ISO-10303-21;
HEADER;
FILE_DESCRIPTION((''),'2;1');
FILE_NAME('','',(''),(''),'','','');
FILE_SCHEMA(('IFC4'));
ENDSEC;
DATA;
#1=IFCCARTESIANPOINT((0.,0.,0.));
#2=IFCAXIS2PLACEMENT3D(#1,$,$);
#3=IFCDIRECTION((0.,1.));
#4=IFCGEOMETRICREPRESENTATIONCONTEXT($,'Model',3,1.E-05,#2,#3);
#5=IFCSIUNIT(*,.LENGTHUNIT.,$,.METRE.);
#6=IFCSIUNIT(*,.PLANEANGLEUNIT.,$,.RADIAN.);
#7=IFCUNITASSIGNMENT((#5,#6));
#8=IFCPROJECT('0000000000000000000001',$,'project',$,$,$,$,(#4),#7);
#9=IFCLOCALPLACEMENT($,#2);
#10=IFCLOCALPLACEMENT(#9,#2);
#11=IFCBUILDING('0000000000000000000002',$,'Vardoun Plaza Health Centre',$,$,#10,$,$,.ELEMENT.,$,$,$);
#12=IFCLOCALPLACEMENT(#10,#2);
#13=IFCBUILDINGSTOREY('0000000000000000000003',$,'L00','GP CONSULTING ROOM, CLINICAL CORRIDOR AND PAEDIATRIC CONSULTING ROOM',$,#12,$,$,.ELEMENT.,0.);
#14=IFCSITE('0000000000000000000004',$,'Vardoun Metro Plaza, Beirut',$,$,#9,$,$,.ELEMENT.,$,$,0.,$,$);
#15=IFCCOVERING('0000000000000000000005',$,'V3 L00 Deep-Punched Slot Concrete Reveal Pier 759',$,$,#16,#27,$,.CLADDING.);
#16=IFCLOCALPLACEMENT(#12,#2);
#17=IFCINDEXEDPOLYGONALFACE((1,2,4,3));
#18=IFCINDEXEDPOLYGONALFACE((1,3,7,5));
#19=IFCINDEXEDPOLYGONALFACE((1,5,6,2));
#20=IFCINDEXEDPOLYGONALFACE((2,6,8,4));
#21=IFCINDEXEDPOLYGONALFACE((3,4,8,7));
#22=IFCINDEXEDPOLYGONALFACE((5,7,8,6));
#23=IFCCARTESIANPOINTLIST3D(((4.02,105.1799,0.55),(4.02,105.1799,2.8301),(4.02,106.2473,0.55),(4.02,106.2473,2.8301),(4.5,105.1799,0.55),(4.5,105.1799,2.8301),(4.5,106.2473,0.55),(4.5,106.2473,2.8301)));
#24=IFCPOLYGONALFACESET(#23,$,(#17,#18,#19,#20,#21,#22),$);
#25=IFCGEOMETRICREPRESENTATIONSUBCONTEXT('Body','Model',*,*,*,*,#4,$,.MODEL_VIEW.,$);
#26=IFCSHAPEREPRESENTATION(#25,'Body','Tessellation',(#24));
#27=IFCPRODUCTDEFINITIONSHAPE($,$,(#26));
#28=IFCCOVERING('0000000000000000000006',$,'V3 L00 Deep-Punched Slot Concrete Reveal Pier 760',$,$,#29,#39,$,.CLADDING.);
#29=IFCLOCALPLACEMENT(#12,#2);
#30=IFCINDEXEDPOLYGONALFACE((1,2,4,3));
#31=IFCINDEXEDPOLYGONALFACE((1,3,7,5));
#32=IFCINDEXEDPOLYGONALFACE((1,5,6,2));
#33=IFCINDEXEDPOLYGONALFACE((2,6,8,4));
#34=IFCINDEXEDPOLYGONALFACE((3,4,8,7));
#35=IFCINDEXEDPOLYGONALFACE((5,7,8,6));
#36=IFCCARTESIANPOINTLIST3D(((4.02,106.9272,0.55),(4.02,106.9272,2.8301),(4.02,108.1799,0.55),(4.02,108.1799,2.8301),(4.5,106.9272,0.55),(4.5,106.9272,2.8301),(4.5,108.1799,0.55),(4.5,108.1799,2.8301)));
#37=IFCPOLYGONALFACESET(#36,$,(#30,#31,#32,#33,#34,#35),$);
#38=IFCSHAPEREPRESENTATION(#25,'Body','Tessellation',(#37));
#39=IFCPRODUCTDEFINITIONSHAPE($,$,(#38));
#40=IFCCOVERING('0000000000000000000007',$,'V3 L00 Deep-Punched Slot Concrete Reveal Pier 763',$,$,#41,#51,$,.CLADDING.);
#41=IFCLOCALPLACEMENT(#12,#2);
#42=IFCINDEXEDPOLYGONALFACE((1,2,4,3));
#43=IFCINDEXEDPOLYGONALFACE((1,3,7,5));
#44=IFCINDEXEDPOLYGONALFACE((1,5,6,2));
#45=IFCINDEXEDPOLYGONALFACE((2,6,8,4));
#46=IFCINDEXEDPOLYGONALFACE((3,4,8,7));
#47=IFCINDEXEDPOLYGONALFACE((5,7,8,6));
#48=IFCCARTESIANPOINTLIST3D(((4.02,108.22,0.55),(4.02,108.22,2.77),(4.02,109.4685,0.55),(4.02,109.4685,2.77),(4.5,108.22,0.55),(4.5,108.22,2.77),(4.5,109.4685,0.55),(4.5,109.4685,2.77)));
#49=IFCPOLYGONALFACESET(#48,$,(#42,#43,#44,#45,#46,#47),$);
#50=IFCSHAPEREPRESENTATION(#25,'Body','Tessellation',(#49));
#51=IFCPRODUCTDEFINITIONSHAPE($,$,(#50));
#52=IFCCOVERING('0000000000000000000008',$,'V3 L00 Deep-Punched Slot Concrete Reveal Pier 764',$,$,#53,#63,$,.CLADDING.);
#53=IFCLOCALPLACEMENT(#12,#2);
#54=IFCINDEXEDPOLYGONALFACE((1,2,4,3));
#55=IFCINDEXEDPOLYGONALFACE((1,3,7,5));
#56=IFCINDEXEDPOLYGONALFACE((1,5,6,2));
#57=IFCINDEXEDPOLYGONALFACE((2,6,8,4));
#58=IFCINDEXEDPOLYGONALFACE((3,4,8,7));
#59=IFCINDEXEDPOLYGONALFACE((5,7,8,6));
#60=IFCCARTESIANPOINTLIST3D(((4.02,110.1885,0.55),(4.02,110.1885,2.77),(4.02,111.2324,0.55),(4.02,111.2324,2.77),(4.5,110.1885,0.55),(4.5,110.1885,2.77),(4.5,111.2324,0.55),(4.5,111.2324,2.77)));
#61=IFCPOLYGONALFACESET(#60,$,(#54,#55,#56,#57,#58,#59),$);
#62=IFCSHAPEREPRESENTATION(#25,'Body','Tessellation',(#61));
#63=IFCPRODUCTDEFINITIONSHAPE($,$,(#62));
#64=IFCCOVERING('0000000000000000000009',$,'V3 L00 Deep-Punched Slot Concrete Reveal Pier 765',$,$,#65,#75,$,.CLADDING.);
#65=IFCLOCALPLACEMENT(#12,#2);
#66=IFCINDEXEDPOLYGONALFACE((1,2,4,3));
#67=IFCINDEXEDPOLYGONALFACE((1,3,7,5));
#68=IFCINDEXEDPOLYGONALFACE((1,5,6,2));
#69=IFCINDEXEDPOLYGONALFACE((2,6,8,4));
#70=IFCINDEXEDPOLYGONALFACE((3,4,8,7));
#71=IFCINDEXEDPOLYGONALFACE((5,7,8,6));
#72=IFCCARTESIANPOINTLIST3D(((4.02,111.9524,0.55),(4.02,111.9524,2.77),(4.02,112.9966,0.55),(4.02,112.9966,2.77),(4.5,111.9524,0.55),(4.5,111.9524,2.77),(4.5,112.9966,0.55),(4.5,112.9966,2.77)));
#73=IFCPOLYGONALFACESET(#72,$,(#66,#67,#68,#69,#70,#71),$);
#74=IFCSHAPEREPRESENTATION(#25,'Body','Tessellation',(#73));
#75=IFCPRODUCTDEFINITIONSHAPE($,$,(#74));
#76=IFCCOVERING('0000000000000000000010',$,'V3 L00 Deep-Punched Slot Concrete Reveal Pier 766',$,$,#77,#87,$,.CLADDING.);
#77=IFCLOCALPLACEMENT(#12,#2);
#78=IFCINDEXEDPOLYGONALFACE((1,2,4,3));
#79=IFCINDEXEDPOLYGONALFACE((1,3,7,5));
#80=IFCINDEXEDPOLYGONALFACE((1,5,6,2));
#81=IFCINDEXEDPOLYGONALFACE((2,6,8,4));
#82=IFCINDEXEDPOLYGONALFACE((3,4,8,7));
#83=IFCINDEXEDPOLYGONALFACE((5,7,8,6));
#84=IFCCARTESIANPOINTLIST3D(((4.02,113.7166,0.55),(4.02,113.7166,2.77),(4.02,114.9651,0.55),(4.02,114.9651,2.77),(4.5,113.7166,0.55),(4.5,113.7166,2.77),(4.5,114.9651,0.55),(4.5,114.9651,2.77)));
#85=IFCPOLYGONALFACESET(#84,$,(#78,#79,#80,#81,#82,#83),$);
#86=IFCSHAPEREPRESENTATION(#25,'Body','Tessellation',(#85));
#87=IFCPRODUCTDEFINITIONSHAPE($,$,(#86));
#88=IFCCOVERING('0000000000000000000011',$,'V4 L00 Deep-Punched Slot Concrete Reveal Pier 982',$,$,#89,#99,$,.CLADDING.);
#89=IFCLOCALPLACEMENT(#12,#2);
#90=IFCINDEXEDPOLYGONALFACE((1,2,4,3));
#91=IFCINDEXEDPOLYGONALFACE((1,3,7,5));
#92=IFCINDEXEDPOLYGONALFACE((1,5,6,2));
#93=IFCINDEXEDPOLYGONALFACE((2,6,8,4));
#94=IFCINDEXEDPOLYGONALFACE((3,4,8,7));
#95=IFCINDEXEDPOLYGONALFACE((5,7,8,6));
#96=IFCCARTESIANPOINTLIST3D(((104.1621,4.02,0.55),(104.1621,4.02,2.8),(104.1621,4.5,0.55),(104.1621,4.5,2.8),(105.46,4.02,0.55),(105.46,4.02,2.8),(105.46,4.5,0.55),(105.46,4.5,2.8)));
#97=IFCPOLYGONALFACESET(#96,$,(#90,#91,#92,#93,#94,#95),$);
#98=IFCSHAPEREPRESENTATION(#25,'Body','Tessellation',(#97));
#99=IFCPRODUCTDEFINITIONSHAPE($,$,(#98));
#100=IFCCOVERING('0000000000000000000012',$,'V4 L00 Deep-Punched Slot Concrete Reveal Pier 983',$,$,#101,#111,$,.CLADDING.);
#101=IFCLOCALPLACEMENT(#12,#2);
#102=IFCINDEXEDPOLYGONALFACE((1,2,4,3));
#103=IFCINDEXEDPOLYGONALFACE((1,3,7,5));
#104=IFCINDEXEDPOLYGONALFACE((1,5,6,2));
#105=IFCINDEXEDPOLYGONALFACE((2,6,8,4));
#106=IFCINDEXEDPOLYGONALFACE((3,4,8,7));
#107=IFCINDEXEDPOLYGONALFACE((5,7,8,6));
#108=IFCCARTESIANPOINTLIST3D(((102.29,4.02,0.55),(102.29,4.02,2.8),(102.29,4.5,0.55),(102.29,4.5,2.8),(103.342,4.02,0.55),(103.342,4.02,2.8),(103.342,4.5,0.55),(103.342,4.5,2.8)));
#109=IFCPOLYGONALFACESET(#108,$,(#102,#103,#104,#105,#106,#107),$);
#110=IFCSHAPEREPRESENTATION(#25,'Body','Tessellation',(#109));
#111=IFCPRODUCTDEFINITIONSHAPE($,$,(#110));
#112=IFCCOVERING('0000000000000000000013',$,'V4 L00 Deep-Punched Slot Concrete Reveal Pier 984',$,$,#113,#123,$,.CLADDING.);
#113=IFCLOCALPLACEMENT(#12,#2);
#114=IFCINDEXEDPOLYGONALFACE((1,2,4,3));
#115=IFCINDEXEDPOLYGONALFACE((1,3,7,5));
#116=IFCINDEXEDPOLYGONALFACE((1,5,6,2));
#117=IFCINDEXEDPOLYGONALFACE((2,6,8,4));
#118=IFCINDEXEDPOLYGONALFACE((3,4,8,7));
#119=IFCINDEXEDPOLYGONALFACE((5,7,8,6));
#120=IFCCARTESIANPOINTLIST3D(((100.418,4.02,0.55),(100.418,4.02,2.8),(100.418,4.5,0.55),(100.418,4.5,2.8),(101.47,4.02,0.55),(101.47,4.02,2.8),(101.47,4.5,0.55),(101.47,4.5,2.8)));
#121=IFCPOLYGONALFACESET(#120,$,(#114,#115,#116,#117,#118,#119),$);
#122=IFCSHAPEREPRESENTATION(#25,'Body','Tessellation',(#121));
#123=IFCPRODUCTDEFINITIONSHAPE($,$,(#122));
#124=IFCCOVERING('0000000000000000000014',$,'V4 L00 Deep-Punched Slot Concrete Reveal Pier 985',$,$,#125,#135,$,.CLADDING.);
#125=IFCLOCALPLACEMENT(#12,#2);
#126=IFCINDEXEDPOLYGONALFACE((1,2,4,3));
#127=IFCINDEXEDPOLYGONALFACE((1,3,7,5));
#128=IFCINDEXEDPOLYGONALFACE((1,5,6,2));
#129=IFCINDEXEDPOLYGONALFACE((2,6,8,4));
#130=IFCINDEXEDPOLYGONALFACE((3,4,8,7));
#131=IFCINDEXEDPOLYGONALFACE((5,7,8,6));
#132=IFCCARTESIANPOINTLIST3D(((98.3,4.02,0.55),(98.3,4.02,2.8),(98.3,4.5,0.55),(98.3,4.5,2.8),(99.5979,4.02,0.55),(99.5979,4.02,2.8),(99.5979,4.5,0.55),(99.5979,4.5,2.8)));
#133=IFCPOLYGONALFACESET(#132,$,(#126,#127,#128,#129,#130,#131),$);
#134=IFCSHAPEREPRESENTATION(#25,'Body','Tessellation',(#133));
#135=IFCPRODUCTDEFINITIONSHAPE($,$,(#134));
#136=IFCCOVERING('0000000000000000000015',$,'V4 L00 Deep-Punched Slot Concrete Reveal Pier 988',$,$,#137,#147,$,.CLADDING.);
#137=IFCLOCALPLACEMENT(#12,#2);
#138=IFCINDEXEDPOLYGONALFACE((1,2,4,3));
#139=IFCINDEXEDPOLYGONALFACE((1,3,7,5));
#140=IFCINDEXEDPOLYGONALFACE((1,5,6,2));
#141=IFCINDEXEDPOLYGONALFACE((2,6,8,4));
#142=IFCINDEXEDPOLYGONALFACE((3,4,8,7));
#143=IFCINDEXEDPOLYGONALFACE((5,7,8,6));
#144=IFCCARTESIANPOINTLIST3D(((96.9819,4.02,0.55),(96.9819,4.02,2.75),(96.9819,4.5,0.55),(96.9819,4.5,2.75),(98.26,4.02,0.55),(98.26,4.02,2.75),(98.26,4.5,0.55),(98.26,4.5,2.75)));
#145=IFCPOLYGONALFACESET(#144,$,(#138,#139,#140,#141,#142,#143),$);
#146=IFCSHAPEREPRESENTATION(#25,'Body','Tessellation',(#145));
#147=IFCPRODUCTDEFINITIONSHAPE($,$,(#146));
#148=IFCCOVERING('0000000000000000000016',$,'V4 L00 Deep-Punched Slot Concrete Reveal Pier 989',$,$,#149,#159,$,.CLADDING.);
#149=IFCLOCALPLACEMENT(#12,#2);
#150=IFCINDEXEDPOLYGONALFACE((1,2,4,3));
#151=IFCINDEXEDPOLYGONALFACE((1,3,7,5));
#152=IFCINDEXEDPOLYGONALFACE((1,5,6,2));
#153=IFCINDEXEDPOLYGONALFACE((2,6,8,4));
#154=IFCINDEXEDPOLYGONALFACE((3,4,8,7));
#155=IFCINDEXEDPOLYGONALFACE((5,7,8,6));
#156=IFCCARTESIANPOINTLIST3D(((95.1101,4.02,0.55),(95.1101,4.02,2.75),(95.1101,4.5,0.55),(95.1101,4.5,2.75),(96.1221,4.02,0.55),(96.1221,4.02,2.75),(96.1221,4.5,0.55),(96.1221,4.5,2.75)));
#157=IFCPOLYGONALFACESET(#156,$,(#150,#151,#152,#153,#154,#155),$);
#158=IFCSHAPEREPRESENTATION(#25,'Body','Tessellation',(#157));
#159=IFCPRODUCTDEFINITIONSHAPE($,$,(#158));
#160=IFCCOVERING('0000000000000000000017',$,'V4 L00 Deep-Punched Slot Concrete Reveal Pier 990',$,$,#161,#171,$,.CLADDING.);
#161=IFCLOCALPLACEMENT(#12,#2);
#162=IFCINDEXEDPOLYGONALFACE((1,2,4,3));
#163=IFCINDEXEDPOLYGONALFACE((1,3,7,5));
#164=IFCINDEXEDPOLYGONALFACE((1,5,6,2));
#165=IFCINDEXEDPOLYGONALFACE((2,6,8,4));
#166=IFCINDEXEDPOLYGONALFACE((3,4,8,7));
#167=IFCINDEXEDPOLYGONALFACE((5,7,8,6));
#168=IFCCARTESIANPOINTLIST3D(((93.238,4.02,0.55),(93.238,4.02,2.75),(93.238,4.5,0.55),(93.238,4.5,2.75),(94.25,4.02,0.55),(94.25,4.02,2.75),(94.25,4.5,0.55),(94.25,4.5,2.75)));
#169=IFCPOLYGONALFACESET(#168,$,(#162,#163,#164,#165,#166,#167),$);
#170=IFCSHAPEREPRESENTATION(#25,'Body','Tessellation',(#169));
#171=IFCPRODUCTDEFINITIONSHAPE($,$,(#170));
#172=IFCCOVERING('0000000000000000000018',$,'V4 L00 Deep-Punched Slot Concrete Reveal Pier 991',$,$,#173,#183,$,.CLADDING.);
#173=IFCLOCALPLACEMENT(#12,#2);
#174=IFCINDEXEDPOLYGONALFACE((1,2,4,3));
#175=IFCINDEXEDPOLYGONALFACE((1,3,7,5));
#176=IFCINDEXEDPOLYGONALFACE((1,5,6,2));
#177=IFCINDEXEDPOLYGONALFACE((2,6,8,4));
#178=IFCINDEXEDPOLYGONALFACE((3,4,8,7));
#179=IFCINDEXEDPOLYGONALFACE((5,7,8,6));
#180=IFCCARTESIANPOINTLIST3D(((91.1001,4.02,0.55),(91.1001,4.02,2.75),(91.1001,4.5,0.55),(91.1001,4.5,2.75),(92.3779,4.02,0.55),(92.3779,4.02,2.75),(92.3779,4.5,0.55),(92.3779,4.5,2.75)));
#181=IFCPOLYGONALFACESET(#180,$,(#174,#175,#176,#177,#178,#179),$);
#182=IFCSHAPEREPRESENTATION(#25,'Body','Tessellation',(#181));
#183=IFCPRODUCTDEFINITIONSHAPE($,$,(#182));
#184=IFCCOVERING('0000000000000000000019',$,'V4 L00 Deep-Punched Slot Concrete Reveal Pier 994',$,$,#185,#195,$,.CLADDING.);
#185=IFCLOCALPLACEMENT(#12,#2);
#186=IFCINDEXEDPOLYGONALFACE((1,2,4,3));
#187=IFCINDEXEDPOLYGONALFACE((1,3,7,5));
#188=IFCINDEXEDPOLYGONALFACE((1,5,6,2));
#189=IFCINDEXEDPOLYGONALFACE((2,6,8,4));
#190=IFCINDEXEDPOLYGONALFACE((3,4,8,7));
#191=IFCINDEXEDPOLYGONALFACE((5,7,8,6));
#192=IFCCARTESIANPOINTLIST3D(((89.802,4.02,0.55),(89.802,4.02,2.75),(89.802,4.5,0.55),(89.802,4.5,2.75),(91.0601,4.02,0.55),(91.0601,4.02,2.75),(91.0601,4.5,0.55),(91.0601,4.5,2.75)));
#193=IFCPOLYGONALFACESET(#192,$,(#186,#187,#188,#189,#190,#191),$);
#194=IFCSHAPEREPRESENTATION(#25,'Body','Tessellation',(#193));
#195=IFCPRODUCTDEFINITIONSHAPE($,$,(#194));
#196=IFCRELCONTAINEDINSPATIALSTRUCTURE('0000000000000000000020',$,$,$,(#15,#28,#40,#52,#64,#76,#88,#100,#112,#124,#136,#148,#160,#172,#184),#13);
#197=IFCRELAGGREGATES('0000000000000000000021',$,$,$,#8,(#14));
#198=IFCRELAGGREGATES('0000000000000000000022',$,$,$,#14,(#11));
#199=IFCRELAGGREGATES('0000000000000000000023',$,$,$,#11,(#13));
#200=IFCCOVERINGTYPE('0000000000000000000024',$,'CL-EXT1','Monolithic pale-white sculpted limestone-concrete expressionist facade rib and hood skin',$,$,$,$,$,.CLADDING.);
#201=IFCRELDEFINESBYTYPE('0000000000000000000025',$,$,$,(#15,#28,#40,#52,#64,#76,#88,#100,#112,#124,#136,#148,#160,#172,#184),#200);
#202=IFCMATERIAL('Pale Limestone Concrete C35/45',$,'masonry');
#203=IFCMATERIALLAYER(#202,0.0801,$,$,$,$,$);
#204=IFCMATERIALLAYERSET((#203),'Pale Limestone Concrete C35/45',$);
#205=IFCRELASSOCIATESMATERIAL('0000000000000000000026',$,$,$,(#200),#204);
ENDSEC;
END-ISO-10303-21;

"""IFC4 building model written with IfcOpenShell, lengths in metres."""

from ifc_helpers import new_model, si_unit, direction, frame, origin, place, context, subcontext, project, spatial, polyline, outline, extrude, material, layer, layer_set, type_object, element, save


model = new_model("IFC4")

# Units and contexts
model_context = context("Model", 3, precision=1e-05, world=origin(), true_north=direction((0.0, 1.0)))
body_context = subcontext(model_context, "Body", "Model", "MODEL_VIEW")
ifc_project = project(units=[si_unit("LENGTHUNIT", "METRE"), si_unit("PLANEANGLEUNIT", "RADIAN")], contexts=[model_context])

# Site, building, storey
site_placement = place(None, origin())
site = spatial("IfcSite", under=ifc_project, at=site_placement, Name="Vardoun Metro Plaza, Beirut", CompositionType="ELEMENT", RefElevation=0.0)
building_placement = place(site_placement, origin())
building = spatial("IfcBuilding", under=site, at=building_placement, Name="Vardoun Plaza Health Centre", CompositionType="ELEMENT")
storey_placement = place(building_placement, origin())
storey = spatial("IfcBuildingStorey", under=building, at=storey_placement, Name="L00", Description="GP CONSULTING ROOM, CLINICAL CORRIDOR AND PAEDIATRIC CONSULTING ROOM", CompositionType="ELEMENT", Elevation=0.0)

# Coverings
ifc_material = material(Name="Pale Limestone Concrete C35/45", Category="masonry")
ifc_layer = layer(ifc_material, 0.0801)
ifc_layer_set = layer_set([ifc_layer], Name="Pale Limestone Concrete C35/45")
covering_type = type_object("IfcCoveringType", Name="CL-EXT1", Description="Monolithic pale-white sculpted limestone-concrete expressionist facade rib and hood skin", PredefinedType="CLADDING", material=ifc_layer_set)
covering_1_placement = place(storey_placement, frame((0.0, 0.0, 0.55)))
element("IfcCovering", 1, at=covering_1_placement, inside=storey, type_object=covering_type, Name="V3 L00 Deep-Punched Slot Concrete Reveal Pier 759", PredefinedType="CLADDING", context=body_context, shape_type="SweptSolid", body=[
    extrude(outline(polyline([(4.5, 105.1799), (4.5, 106.2473), (4.02, 106.2473), (4.02, 105.1799), (4.5, 105.1799)])), origin(), (0.0, 0.0, 1.0), 2.28),
])
covering_2_placement = place(storey_placement, frame((0.0, 0.0, 0.55)))
element("IfcCovering", 2, at=covering_2_placement, inside=storey, type_object=covering_type, Name="V3 L00 Deep-Punched Slot Concrete Reveal Pier 760", PredefinedType="CLADDING", context=body_context, shape_type="SweptSolid", body=[
    extrude(outline(polyline([(4.5, 106.9272), (4.5, 108.1799), (4.02, 108.1799), (4.02, 106.9272), (4.5, 106.9272)])), origin(), (0.0, 0.0, 1.0), 2.28),
])
covering_3_placement = place(storey_placement, frame((0.0, 0.0, 0.55)))
element("IfcCovering", 3, at=covering_3_placement, inside=storey, type_object=covering_type, Name="V3 L00 Deep-Punched Slot Concrete Reveal Pier 763", PredefinedType="CLADDING", context=body_context, shape_type="SweptSolid", body=[
    extrude(outline(polyline([(4.5, 108.22), (4.5, 109.4685), (4.02, 109.4685), (4.02, 108.22), (4.5, 108.22)])), origin(), (0.0, 0.0, 1.0), 2.22),
])
covering_4_placement = place(storey_placement, frame((0.0, 0.0, 0.55)))
element("IfcCovering", 4, at=covering_4_placement, inside=storey, type_object=covering_type, Name="V3 L00 Deep-Punched Slot Concrete Reveal Pier 764", PredefinedType="CLADDING", context=body_context, shape_type="SweptSolid", body=[
    extrude(outline(polyline([(4.5, 110.1885), (4.5, 111.2324), (4.02, 111.2324), (4.02, 110.1885), (4.5, 110.1885)])), origin(), (0.0, 0.0, 1.0), 2.22),
])
covering_5_placement = place(storey_placement, frame((0.0, 0.0, 0.55)))
element("IfcCovering", 5, at=covering_5_placement, inside=storey, type_object=covering_type, Name="V3 L00 Deep-Punched Slot Concrete Reveal Pier 765", PredefinedType="CLADDING", context=body_context, shape_type="SweptSolid", body=[
    extrude(outline(polyline([(4.5, 111.9524), (4.5, 112.9966), (4.02, 112.9966), (4.02, 111.9524), (4.5, 111.9524)])), origin(), (0.0, 0.0, 1.0), 2.22),
])
covering_6_placement = place(storey_placement, frame((0.0, 0.0, 0.55)))
element("IfcCovering", 6, at=covering_6_placement, inside=storey, type_object=covering_type, Name="V3 L00 Deep-Punched Slot Concrete Reveal Pier 766", PredefinedType="CLADDING", context=body_context, shape_type="SweptSolid", body=[
    extrude(outline(polyline([(4.5, 113.7166), (4.5, 114.9651), (4.02, 114.9651), (4.02, 113.7166), (4.5, 113.7166)])), origin(), (0.0, 0.0, 1.0), 2.22),
])
covering_7_placement = place(storey_placement, frame((0.0, 0.0, 0.55)))
element("IfcCovering", 7, at=covering_7_placement, inside=storey, type_object=covering_type, Name="V4 L00 Deep-Punched Slot Concrete Reveal Pier 982", PredefinedType="CLADDING", context=body_context, shape_type="SweptSolid", body=[
    extrude(outline(polyline([(105.46, 4.5), (104.1621, 4.5), (104.1621, 4.02), (105.46, 4.02), (105.46, 4.5)])), origin(), (0.0, 0.0, 1.0), 2.25),
])
covering_8_placement = place(storey_placement, frame((0.0, 0.0, 0.55)))
element("IfcCovering", 8, at=covering_8_placement, inside=storey, type_object=covering_type, Name="V4 L00 Deep-Punched Slot Concrete Reveal Pier 983", PredefinedType="CLADDING", context=body_context, shape_type="SweptSolid", body=[
    extrude(outline(polyline([(103.342, 4.5), (102.29, 4.5), (102.29, 4.02), (103.342, 4.02), (103.342, 4.5)])), origin(), (0.0, 0.0, 1.0), 2.25),
])
covering_9_placement = place(storey_placement, frame((0.0, 0.0, 0.55)))
element("IfcCovering", 9, at=covering_9_placement, inside=storey, type_object=covering_type, Name="V4 L00 Deep-Punched Slot Concrete Reveal Pier 984", PredefinedType="CLADDING", context=body_context, shape_type="SweptSolid", body=[
    extrude(outline(polyline([(101.47, 4.5), (100.418, 4.5), (100.418, 4.02), (101.47, 4.02), (101.47, 4.5)])), origin(), (0.0, 0.0, 1.0), 2.25),
])
covering_10_placement = place(storey_placement, frame((0.0, 0.0, 0.55)))
element("IfcCovering", 10, at=covering_10_placement, inside=storey, type_object=covering_type, Name="V4 L00 Deep-Punched Slot Concrete Reveal Pier 985", PredefinedType="CLADDING", context=body_context, shape_type="SweptSolid", body=[
    extrude(outline(polyline([(99.5979, 4.5), (98.3, 4.5), (98.3, 4.02), (99.5979, 4.02), (99.5979, 4.5)])), origin(), (0.0, 0.0, 1.0), 2.25),
])
covering_11_placement = place(storey_placement, frame((0.0, 0.0, 0.55)))
element("IfcCovering", 11, at=covering_11_placement, inside=storey, type_object=covering_type, Name="V4 L00 Deep-Punched Slot Concrete Reveal Pier 988", PredefinedType="CLADDING", context=body_context, shape_type="SweptSolid", body=[
    extrude(outline(polyline([(98.26, 4.5), (96.9819, 4.5), (96.9819, 4.02), (98.26, 4.02), (98.26, 4.5)])), origin(), (0.0, 0.0, 1.0), 2.2),
])
covering_12_placement = place(storey_placement, frame((0.0, 0.0, 0.55)))
element("IfcCovering", 12, at=covering_12_placement, inside=storey, type_object=covering_type, Name="V4 L00 Deep-Punched Slot Concrete Reveal Pier 989", PredefinedType="CLADDING", context=body_context, shape_type="SweptSolid", body=[
    extrude(outline(polyline([(96.1221, 4.5), (95.1101, 4.5), (95.1101, 4.02), (96.1221, 4.02), (96.1221, 4.5)])), origin(), (0.0, 0.0, 1.0), 2.2),
])
covering_13_placement = place(storey_placement, frame((0.0, 0.0, 0.55)))
element("IfcCovering", 13, at=covering_13_placement, inside=storey, type_object=covering_type, Name="V4 L00 Deep-Punched Slot Concrete Reveal Pier 990", PredefinedType="CLADDING", context=body_context, shape_type="SweptSolid", body=[
    extrude(outline(polyline([(94.25, 4.5), (93.238, 4.5), (93.238, 4.02), (94.25, 4.02), (94.25, 4.5)])), origin(), (0.0, 0.0, 1.0), 2.2),
])
covering_14_placement = place(storey_placement, frame((0.0, 0.0, 0.55)))
element("IfcCovering", 14, at=covering_14_placement, inside=storey, type_object=covering_type, Name="V4 L00 Deep-Punched Slot Concrete Reveal Pier 991", PredefinedType="CLADDING", context=body_context, shape_type="SweptSolid", body=[
    extrude(outline(polyline([(92.3779, 4.5), (91.1001, 4.5), (91.1001, 4.02), (92.3779, 4.02), (92.3779, 4.5)])), origin(), (0.0, 0.0, 1.0), 2.2),
])
covering_15_placement = place(storey_placement, frame((0.0, 0.0, 0.55)))
element("IfcCovering", 15, at=covering_15_placement, inside=storey, type_object=covering_type, Name="V4 L00 Deep-Punched Slot Concrete Reveal Pier 994", PredefinedType="CLADDING", context=body_context, shape_type="SweptSolid", body=[
    extrude(outline(polyline([(91.0601, 4.5), (89.802, 4.5), (89.802, 4.02), (91.0601, 4.02), (91.0601, 4.5)])), origin(), (0.0, 0.0, 1.0), 2.2),
])

save(model, "model.ifc")
